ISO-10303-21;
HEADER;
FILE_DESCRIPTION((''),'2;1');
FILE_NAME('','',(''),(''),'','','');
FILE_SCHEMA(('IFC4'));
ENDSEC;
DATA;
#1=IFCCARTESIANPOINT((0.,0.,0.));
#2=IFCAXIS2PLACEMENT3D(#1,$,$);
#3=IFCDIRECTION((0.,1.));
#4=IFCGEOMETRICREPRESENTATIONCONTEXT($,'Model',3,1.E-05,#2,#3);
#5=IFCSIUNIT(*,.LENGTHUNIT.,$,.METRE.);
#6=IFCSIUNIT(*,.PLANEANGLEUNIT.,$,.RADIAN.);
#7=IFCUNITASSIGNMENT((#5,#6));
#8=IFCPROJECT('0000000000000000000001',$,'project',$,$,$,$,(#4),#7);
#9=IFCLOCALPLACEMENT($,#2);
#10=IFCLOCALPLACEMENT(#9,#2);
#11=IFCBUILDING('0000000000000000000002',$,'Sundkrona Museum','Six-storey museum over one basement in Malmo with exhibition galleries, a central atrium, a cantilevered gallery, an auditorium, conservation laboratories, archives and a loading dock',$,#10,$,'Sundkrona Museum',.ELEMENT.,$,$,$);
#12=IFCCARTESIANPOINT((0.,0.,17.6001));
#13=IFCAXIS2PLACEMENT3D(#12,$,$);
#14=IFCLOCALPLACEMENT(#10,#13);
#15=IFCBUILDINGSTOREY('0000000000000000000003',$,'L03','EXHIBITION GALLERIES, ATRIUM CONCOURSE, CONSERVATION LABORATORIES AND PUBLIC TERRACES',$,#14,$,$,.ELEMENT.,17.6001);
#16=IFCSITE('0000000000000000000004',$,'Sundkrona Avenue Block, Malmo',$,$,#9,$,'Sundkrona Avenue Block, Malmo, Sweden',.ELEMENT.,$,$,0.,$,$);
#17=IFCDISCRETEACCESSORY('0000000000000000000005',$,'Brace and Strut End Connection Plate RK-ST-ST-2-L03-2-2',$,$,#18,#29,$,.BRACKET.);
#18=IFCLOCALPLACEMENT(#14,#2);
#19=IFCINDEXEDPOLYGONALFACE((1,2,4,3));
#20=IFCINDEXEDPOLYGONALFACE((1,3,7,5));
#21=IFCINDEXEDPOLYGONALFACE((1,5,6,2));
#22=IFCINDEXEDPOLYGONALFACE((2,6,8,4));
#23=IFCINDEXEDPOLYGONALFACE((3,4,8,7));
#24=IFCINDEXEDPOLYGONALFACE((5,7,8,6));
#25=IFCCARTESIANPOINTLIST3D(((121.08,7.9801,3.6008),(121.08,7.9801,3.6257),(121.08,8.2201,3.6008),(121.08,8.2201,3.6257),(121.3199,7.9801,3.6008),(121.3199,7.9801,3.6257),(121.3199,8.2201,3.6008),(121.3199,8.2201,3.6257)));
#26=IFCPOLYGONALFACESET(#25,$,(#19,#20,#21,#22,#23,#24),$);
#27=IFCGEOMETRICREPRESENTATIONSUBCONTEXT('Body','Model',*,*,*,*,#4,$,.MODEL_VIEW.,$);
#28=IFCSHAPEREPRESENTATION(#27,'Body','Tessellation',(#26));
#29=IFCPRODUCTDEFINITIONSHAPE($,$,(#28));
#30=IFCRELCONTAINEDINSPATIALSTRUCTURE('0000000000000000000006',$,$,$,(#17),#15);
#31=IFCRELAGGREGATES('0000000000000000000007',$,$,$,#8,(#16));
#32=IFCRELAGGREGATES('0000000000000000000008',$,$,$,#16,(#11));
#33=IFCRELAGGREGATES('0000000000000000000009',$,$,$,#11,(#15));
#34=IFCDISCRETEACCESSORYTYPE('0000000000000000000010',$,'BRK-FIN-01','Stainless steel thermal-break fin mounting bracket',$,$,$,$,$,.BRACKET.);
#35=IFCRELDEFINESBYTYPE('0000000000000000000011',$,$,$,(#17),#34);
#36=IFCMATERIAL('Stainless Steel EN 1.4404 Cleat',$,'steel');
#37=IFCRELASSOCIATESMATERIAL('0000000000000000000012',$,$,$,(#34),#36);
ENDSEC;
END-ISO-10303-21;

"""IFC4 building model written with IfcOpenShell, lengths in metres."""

from ifc_helpers import new_model, si_unit, direction, frame, origin, origin_2d, place, context, subcontext, project, spatial, rectangle, extrude, material, type_object, element, save


model = new_model("IFC4")

# Units and contexts
model_context = context("Model", 3, precision=1e-05, world=origin(), true_north=direction((0.0, 1.0)))
body_context = subcontext(model_context, "Body", "Model", "MODEL_VIEW")
ifc_project = project(units=[si_unit("LENGTHUNIT", "METRE"), si_unit("PLANEANGLEUNIT", "RADIAN")], contexts=[model_context])

# Site, building, storey
site_placement = place(None, origin())
site = spatial("IfcSite", under=ifc_project, at=site_placement, Name="Sundkrona Avenue Block, Malmo", LongName="Sundkrona Avenue Block, Malmo, Sweden", CompositionType="ELEMENT", RefElevation=0.0)
building_placement = place(site_placement, origin())
building = spatial("IfcBuilding", under=site, at=building_placement, Name="Sundkrona Museum", Description="Six-storey museum over one basement in Malmo with exhibition galleries, a central atrium, a cantilevered gallery, an auditorium, conservation laboratories, archives and a loading dock", LongName="Sundkrona Museum", CompositionType="ELEMENT")
storey_placement = place(building_placement, frame((0.0, 0.0, 17.6001)))
storey = spatial("IfcBuildingStorey", under=building, at=storey_placement, Name="L03", Description="EXHIBITION GALLERIES, ATRIUM CONCOURSE, CONSERVATION LABORATORIES AND PUBLIC TERRACES", CompositionType="ELEMENT", Elevation=17.6001)

# Discrete accessory
ifc_material_1 = material(Name="Stainless Steel EN 1.4404 Cleat", Category="steel")
discrete_accessory_type = type_object("IfcDiscreteAccessoryType", Name="BRK-FIN-01", Description="Stainless steel thermal-break fin mounting bracket", PredefinedType="BRACKET", material=ifc_material_1)
for number, where, z_axis, x_axis, name in (
    (1, (121.2, 8.1001, 3.6008), (0.0, 0.0, 1.0), (1.0, 0.0, 0.0), "Brace and Strut End Connection Plate RK-ST-ST-2-L03-2-2"),
):
    element("IfcDiscreteAccessory", number, at=place(storey_placement, frame(where, z_axis=z_axis, x_axis=x_axis)), inside=storey, type_object=discrete_accessory_type, Name=name, PredefinedType="BRACKET", context=body_context, shape_type="SweptSolid", body=[
        extrude(rectangle(XDim=0.24, YDim=0.24, at=origin_2d()), origin(), (0.0, 0.0, 1.0), 0.0249),
    ])

save(model, "model.ifc")
